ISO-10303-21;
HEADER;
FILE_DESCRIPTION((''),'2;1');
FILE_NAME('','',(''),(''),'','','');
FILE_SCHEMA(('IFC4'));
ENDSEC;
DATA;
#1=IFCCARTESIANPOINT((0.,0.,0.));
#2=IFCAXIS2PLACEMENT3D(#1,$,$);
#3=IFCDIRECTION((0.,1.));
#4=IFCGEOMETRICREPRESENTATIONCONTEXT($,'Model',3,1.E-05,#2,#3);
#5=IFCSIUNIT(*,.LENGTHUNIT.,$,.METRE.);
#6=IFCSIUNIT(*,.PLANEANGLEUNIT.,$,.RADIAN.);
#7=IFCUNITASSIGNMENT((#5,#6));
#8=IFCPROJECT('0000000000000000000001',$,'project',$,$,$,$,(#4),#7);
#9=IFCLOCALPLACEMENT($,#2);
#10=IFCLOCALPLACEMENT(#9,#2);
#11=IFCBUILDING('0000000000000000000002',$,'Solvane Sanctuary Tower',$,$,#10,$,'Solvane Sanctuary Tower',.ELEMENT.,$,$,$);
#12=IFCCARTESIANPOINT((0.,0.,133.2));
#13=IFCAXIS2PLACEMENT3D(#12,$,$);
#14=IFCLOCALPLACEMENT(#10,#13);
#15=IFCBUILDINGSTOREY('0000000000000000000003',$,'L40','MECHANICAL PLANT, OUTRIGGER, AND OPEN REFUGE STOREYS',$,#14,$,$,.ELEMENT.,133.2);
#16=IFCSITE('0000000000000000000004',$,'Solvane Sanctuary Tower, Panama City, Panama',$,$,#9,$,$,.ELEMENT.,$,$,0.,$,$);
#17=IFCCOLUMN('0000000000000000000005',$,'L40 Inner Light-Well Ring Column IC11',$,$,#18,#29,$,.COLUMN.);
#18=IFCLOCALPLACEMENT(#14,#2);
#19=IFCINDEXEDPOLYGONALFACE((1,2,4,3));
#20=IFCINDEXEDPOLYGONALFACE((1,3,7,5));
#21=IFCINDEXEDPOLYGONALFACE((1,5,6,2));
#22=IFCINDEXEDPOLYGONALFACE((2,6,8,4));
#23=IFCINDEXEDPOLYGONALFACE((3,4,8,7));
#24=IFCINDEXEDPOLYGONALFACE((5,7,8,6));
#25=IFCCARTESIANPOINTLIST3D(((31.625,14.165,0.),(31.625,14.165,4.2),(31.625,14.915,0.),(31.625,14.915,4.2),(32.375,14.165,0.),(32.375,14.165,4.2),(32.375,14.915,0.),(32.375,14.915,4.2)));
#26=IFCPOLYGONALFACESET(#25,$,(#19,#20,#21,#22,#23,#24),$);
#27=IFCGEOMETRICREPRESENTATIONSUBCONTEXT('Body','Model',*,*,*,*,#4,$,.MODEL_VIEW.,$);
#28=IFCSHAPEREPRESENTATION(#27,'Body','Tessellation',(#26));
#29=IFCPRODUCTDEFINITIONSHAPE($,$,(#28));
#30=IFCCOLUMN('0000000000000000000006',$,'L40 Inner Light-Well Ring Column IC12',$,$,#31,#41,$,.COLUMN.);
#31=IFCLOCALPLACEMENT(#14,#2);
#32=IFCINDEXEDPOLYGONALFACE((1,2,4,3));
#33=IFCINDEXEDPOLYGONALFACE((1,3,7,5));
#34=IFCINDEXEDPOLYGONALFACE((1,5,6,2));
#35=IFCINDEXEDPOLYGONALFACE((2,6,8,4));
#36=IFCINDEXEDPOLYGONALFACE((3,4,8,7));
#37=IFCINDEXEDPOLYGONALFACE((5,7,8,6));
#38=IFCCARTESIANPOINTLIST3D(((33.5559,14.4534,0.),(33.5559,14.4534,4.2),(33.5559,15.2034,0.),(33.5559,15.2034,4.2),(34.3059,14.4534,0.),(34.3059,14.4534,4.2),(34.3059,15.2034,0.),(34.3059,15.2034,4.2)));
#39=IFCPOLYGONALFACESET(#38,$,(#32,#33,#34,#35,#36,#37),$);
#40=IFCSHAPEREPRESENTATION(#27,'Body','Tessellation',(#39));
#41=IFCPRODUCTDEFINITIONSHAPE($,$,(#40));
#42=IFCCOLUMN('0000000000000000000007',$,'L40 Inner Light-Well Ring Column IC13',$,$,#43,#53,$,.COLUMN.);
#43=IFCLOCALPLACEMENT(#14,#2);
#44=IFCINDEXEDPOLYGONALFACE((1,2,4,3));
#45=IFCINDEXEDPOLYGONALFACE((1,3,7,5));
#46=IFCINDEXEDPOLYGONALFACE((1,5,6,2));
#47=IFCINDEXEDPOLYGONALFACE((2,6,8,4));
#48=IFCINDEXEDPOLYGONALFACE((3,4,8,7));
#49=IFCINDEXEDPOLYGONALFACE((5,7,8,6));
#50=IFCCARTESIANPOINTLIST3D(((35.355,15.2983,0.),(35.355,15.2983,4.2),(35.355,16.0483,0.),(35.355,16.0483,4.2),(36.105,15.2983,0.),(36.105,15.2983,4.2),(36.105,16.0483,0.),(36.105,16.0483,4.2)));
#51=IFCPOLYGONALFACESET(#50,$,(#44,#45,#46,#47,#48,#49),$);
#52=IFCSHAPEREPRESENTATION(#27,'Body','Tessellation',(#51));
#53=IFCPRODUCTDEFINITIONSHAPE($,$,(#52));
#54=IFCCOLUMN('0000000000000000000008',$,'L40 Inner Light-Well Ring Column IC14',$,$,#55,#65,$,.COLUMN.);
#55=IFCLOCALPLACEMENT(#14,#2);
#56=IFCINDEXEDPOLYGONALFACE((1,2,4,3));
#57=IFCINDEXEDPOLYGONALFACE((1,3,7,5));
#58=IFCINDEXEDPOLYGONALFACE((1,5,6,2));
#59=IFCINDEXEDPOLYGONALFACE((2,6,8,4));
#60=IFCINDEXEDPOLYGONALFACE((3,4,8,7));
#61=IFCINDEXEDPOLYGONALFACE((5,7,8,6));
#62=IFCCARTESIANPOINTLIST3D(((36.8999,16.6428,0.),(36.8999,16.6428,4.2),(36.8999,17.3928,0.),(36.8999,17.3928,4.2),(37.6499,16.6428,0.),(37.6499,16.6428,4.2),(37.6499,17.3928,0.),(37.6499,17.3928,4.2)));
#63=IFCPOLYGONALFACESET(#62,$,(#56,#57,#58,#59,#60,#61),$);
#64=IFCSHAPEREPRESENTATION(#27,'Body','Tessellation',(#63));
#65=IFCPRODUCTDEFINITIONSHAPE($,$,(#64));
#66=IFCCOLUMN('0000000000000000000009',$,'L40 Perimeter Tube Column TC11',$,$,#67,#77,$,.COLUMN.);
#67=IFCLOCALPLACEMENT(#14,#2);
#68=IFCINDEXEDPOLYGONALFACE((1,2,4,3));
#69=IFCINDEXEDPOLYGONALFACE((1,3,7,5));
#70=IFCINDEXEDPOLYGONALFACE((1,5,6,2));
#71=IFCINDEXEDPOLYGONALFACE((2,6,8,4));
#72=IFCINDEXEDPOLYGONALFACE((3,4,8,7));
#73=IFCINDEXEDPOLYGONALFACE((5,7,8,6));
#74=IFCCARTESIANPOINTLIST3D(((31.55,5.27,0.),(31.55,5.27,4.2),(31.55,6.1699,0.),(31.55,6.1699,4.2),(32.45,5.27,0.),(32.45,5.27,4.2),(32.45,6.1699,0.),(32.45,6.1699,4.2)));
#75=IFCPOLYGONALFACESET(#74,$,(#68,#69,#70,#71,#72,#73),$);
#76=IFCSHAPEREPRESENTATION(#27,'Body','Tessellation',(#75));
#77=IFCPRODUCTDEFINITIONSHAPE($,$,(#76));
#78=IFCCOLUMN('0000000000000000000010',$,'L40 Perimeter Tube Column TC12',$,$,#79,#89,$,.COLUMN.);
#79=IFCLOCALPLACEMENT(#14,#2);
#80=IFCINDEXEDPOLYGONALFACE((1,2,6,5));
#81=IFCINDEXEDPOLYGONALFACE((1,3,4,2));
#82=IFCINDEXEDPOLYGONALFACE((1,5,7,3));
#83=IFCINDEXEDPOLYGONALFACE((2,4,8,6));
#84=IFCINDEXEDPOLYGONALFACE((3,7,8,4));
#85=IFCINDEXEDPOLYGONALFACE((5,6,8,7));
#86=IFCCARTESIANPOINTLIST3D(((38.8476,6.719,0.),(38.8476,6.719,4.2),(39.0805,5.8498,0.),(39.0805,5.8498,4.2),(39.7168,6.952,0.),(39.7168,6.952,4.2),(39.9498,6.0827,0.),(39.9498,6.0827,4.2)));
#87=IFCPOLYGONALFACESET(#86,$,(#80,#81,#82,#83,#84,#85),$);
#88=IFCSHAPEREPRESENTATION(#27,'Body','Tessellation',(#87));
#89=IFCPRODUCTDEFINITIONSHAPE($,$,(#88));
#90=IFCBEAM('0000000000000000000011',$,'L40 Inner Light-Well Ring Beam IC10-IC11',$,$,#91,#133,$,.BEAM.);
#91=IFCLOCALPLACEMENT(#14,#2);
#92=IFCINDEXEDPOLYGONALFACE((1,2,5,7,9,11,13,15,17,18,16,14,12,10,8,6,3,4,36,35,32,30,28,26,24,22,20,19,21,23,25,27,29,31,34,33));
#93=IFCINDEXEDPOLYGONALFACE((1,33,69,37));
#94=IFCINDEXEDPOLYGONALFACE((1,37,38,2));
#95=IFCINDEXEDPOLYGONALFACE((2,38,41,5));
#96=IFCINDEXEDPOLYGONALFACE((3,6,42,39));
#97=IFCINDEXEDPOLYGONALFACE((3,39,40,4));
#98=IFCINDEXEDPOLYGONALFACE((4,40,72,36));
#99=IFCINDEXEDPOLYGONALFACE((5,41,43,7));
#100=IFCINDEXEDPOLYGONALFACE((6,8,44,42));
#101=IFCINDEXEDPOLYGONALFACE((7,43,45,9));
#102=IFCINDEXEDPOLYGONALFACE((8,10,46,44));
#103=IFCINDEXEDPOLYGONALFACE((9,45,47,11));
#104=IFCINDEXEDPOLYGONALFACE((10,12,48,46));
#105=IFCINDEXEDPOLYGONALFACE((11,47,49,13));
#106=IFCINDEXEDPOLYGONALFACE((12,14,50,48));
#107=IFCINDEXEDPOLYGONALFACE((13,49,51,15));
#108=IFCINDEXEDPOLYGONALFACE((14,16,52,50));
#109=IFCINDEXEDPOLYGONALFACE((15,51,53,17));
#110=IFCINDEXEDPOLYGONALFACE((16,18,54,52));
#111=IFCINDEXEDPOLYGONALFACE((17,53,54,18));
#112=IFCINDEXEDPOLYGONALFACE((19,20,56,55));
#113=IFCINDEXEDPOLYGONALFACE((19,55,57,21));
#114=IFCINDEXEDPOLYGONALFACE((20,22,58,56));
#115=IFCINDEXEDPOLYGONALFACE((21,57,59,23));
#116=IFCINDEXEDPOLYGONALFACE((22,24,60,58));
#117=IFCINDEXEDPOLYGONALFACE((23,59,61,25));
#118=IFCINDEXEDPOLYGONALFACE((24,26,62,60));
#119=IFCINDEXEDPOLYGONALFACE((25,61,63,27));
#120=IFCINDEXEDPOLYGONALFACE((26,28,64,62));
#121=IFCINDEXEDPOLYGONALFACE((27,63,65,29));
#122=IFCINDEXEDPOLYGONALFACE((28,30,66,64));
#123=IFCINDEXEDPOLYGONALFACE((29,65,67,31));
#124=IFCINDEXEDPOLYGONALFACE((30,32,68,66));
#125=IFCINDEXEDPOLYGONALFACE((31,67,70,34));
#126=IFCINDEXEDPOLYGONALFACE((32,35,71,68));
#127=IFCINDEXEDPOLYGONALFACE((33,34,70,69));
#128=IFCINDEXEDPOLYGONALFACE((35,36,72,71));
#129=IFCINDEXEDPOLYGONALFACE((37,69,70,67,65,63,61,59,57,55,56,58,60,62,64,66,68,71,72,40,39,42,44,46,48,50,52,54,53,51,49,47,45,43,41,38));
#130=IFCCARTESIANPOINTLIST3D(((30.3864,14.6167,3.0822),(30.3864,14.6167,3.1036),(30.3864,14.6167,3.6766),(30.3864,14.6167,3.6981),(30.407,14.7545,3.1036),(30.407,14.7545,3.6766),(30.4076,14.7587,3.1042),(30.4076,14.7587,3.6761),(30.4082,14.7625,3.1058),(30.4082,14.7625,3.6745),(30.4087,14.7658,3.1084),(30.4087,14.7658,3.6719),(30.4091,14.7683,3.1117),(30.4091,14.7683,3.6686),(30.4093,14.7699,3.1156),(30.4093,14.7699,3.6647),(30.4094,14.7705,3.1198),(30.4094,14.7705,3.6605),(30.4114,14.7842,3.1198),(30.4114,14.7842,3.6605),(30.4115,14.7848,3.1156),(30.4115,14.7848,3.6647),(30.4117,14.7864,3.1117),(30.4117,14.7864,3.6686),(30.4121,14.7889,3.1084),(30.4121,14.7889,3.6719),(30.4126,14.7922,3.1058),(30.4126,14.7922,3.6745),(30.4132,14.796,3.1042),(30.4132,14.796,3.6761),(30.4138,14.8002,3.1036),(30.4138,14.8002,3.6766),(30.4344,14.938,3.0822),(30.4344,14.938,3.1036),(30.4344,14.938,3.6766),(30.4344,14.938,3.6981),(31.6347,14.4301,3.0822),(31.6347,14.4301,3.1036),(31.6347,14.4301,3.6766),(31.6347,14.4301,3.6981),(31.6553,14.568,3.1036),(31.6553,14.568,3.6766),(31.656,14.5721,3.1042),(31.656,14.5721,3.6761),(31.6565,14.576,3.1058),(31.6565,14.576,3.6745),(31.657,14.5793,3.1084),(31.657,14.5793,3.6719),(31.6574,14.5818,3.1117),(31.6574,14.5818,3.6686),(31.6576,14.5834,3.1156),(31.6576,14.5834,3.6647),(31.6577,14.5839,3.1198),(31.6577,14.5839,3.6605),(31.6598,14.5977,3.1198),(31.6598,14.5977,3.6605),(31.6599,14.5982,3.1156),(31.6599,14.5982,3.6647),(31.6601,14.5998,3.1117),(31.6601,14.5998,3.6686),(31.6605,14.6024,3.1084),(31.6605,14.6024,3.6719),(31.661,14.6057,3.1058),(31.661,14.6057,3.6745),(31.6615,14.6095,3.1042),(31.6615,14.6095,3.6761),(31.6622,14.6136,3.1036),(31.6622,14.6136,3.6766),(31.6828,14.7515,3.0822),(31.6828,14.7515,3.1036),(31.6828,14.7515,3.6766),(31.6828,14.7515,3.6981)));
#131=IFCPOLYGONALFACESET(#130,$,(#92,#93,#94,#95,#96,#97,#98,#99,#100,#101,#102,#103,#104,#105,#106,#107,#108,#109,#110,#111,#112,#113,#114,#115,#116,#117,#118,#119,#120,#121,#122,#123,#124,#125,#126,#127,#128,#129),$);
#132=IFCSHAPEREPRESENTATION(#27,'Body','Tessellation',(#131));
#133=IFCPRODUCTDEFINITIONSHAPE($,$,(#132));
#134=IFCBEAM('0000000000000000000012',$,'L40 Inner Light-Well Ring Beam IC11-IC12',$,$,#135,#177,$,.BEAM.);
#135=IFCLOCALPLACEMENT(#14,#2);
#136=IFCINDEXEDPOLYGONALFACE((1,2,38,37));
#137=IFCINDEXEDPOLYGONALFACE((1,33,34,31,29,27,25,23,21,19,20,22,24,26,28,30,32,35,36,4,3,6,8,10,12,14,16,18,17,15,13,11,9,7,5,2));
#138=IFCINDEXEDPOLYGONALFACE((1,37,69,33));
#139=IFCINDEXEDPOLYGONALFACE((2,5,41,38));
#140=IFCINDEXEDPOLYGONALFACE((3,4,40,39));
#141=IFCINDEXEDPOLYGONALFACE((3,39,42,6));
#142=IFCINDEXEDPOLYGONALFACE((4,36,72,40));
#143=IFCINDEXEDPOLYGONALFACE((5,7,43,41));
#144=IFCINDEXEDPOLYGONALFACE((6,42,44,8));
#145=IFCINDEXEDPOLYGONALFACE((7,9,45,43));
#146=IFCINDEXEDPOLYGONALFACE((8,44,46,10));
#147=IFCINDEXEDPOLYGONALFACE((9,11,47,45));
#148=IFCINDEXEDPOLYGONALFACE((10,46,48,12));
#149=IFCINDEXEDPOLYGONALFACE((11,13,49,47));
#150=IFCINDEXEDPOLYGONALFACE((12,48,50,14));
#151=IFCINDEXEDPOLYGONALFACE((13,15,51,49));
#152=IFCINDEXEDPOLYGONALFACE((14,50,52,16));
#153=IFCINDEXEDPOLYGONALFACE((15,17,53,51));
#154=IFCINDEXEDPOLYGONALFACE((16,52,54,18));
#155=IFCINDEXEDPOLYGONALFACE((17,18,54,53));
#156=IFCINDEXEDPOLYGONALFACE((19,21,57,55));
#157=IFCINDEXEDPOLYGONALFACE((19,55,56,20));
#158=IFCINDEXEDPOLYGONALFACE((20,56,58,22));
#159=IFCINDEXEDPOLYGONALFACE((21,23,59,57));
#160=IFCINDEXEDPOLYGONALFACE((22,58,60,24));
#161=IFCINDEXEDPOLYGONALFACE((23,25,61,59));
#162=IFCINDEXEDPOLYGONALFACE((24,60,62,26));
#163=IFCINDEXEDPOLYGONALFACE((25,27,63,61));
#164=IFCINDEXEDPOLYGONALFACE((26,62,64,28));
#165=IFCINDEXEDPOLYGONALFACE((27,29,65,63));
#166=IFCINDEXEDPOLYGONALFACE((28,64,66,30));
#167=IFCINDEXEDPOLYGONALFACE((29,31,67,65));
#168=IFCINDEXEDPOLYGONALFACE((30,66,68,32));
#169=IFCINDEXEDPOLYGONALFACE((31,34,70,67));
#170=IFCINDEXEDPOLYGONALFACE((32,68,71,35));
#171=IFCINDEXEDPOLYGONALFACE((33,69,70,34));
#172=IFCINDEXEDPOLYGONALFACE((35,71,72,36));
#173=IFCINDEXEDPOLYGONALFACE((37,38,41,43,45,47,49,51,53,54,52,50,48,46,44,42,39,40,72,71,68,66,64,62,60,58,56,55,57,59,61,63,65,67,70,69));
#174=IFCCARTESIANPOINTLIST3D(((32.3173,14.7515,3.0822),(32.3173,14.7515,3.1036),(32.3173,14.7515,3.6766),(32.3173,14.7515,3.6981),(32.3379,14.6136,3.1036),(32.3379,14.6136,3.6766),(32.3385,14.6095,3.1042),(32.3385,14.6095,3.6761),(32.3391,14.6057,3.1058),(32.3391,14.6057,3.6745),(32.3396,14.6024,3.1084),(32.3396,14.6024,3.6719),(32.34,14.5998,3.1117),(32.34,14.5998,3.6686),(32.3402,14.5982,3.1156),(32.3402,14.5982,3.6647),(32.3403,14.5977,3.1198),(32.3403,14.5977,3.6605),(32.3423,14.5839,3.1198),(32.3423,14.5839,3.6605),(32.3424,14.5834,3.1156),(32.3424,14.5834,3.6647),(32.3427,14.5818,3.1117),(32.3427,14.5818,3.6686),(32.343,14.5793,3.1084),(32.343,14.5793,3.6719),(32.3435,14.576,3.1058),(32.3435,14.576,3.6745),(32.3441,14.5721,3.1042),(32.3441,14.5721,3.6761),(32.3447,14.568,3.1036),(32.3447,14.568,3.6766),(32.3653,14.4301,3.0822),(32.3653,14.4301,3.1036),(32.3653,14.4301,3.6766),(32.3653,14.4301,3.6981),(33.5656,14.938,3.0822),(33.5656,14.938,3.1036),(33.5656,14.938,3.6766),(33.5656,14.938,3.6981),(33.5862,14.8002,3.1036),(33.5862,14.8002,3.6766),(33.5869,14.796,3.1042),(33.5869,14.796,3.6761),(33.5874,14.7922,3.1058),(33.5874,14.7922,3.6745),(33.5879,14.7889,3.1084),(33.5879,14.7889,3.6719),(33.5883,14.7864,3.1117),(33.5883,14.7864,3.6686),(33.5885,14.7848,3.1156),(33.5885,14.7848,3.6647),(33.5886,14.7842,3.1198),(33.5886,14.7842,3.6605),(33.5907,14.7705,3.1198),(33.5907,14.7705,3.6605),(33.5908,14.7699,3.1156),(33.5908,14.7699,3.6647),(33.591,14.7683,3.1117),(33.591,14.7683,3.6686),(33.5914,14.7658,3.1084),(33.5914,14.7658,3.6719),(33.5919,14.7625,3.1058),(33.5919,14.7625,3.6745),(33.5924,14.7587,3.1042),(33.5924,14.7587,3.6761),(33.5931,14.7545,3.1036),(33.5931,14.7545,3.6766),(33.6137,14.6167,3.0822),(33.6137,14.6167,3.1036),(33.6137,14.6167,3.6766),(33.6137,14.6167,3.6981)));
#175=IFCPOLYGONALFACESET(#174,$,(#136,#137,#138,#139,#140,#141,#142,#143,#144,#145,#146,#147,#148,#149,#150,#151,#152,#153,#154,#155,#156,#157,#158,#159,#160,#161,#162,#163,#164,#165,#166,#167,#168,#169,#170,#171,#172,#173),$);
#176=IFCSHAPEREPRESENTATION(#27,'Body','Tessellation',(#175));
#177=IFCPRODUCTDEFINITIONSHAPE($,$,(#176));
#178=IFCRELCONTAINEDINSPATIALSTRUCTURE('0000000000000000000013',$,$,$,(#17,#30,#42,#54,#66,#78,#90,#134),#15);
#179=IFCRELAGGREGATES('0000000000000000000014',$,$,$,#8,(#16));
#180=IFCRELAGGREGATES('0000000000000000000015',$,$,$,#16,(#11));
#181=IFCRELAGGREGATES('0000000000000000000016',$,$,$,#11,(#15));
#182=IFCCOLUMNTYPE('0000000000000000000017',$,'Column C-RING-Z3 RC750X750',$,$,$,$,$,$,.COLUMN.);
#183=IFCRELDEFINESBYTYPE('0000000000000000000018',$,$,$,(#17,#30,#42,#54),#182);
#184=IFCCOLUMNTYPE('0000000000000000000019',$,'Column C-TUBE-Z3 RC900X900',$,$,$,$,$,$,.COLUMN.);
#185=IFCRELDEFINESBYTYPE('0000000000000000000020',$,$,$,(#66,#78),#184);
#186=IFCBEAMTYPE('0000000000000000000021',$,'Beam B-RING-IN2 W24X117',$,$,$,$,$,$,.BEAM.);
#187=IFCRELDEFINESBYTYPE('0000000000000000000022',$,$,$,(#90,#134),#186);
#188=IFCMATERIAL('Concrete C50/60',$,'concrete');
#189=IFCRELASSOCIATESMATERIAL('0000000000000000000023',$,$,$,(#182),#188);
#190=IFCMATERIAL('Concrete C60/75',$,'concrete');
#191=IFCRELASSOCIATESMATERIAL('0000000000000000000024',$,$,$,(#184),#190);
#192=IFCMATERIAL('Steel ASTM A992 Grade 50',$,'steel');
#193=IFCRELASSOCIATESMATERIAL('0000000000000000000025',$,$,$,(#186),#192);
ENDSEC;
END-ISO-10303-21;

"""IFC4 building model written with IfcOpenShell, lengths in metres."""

from ifc_helpers import new_model, si_unit, direction, frame, origin, origin_2d, place, context, subcontext, project, spatial, rectangle, i_section, extrude, material, material_profile, profile_set, type_object, element, save


model = new_model("IFC4")

# Units and contexts
model_context = context("Model", 3, precision=1e-05, world=origin(), true_north=direction((0.0, 1.0)))
body_context = subcontext(model_context, "Body", "Model", "MODEL_VIEW")
ifc_project = project(units=[si_unit("LENGTHUNIT", "METRE"), si_unit("PLANEANGLEUNIT", "RADIAN")], contexts=[model_context])

# Site, building, storey
site_placement = place(None, origin())
site = spatial("IfcSite", under=ifc_project, at=site_placement, Name="Solvane Sanctuary Tower, Panama City, Panama", CompositionType="ELEMENT", RefElevation=0.0)
building_placement = place(site_placement, origin())
building = spatial("IfcBuilding", under=site, at=building_placement, Name="Solvane Sanctuary Tower", LongName="Solvane Sanctuary Tower", CompositionType="ELEMENT")
storey_placement = place(building_placement, frame((0.0, 0.0, 133.2)))
storey = spatial("IfcBuildingStorey", under=building, at=storey_placement, Name="L40", Description="MECHANICAL PLANT, OUTRIGGER, AND OPEN REFUGE STOREYS", CompositionType="ELEMENT", Elevation=133.2)

# Columns
ifc_material_1 = material(Name="Concrete C50/60", Category="concrete")
ifc_material_profile_1 = material_profile(ifc_material_1, rectangle(XDim=0.75, YDim=0.75, at=origin_2d()), Name="RC750X750")
ifc_profile_set_1 = profile_set([ifc_material_profile_1], Name="Concrete C50/60")
column_type_1 = type_object("IfcColumnType", Name="Column C-RING-Z3 RC750X750", PredefinedType="COLUMN", material=ifc_profile_set_1)
for number, where, z_axis, x_axis, name in (
    (1, (32.0, 14.54, 0.0), (0.0, 0.0, 1.0), (1.0, 0.0, 0.0), "L40 Inner Light-Well Ring Column IC11"),
    (2, (33.9309, 14.8284, 0.0), (0.0, 0.0, 1.0), (1.0, 0.0, 0.0), "L40 Inner Light-Well Ring Column IC12"),
    (3, (35.73, 15.6733, 0.0), (0.0, 0.0, 1.0), (1.0, 0.0, 0.0), "L40 Inner Light-Well Ring Column IC13"),
    (4, (37.2749, 17.0178, 0.0), (0.0, 0.0, 1.0), (1.0, 0.0, 0.0), "L40 Inner Light-Well Ring Column IC14"),
):
    element("IfcColumn", number, at=place(storey_placement, frame(where, z_axis=z_axis, x_axis=x_axis)), inside=storey, type_object=column_type_1, Name=name, PredefinedType="COLUMN", context=body_context, shape_type="SweptSolid", body=[
        extrude(rectangle(XDim=0.75, YDim=0.75, at=origin_2d()), origin(), (0.0, 0.0, 1.0), 4.2),
    ])
ifc_material_2 = material(Name="Concrete C60/75", Category="concrete")
ifc_material_profile_2 = material_profile(ifc_material_2, rectangle(XDim=0.8999, YDim=0.8999, at=origin_2d()), Name="RC900X900")
ifc_profile_set_2 = profile_set([ifc_material_profile_2], Name="Concrete C60/75")
column_type_2 = type_object("IfcColumnType", Name="Column C-TUBE-Z3 RC900X900", PredefinedType="COLUMN", material=ifc_profile_set_2)
for number, where, z_axis, x_axis, name in (
    (5, (32.0, 5.72, 0.0), (0.0, 0.0, 1.0), (0.0, -1.0, 0.0), "L40 Perimeter Tube Column TC11"),
    (6, (39.3987, 6.4009, 0.0), (0.0, 0.0, 1.0), (0.258819, -0.965926, 0.0), "L40 Perimeter Tube Column TC12"),
):
    element("IfcColumn", number, at=place(storey_placement, frame(where, z_axis=z_axis, x_axis=x_axis)), inside=storey, type_object=column_type_2, Name=name, PredefinedType="COLUMN", context=body_context, shape_type="SweptSolid", body=[
        extrude(rectangle(XDim=0.8999, YDim=0.8999, at=origin_2d()), origin(), (0.0, 0.0, 1.0), 4.2),
    ])

# Beams
ifc_material_3 = material(Name="Steel ASTM A992 Grade 50", Category="steel")
ifc_material_profile_3 = material_profile(ifc_material_3, i_section(OverallWidth=0.325, OverallDepth=0.616, WebThickness=0.0139, FlangeThickness=0.0215, FilletRadius=0.0161, at=origin_2d()), Name="W24X117")
ifc_profile_set_3 = profile_set([ifc_material_profile_3], Name="Steel ASTM A992 Grade 50")
beam_type_1 = type_object("IfcBeamType", Name="Beam B-RING-IN2 W24X117", PredefinedType="BEAM", material=ifc_profile_set_3)
for number, where, z_axis, x_axis, name in (
    (7, (30.4104, 14.7773, 3.3901), (0.98902, -0.147782, 0.0), (0.147782, 0.98902, 0.0), "L40 Inner Light-Well Ring Beam IC10-IC11"),
    (8, (32.3413, 14.5908, 3.3901), (0.98902, 0.147782, 0.0), (-0.147782, 0.98902, 0.0), "L40 Inner Light-Well Ring Beam IC11-IC12"),
):
    element("IfcBeam", number, at=place(storey_placement, frame(where, z_axis=z_axis, x_axis=x_axis)), inside=storey, type_object=beam_type_1, Name=name, PredefinedType="BEAM", context=body_context, shape_type="SweptSolid", body=[
        extrude(i_section(OverallWidth=0.325, OverallDepth=0.616, WebThickness=0.0139, FlangeThickness=0.0215, FilletRadius=0.0161, at=origin_2d()), origin(), (0.0, 0.0, 1.0), 1.2622),
    ])

save(model, "model.ifc")
